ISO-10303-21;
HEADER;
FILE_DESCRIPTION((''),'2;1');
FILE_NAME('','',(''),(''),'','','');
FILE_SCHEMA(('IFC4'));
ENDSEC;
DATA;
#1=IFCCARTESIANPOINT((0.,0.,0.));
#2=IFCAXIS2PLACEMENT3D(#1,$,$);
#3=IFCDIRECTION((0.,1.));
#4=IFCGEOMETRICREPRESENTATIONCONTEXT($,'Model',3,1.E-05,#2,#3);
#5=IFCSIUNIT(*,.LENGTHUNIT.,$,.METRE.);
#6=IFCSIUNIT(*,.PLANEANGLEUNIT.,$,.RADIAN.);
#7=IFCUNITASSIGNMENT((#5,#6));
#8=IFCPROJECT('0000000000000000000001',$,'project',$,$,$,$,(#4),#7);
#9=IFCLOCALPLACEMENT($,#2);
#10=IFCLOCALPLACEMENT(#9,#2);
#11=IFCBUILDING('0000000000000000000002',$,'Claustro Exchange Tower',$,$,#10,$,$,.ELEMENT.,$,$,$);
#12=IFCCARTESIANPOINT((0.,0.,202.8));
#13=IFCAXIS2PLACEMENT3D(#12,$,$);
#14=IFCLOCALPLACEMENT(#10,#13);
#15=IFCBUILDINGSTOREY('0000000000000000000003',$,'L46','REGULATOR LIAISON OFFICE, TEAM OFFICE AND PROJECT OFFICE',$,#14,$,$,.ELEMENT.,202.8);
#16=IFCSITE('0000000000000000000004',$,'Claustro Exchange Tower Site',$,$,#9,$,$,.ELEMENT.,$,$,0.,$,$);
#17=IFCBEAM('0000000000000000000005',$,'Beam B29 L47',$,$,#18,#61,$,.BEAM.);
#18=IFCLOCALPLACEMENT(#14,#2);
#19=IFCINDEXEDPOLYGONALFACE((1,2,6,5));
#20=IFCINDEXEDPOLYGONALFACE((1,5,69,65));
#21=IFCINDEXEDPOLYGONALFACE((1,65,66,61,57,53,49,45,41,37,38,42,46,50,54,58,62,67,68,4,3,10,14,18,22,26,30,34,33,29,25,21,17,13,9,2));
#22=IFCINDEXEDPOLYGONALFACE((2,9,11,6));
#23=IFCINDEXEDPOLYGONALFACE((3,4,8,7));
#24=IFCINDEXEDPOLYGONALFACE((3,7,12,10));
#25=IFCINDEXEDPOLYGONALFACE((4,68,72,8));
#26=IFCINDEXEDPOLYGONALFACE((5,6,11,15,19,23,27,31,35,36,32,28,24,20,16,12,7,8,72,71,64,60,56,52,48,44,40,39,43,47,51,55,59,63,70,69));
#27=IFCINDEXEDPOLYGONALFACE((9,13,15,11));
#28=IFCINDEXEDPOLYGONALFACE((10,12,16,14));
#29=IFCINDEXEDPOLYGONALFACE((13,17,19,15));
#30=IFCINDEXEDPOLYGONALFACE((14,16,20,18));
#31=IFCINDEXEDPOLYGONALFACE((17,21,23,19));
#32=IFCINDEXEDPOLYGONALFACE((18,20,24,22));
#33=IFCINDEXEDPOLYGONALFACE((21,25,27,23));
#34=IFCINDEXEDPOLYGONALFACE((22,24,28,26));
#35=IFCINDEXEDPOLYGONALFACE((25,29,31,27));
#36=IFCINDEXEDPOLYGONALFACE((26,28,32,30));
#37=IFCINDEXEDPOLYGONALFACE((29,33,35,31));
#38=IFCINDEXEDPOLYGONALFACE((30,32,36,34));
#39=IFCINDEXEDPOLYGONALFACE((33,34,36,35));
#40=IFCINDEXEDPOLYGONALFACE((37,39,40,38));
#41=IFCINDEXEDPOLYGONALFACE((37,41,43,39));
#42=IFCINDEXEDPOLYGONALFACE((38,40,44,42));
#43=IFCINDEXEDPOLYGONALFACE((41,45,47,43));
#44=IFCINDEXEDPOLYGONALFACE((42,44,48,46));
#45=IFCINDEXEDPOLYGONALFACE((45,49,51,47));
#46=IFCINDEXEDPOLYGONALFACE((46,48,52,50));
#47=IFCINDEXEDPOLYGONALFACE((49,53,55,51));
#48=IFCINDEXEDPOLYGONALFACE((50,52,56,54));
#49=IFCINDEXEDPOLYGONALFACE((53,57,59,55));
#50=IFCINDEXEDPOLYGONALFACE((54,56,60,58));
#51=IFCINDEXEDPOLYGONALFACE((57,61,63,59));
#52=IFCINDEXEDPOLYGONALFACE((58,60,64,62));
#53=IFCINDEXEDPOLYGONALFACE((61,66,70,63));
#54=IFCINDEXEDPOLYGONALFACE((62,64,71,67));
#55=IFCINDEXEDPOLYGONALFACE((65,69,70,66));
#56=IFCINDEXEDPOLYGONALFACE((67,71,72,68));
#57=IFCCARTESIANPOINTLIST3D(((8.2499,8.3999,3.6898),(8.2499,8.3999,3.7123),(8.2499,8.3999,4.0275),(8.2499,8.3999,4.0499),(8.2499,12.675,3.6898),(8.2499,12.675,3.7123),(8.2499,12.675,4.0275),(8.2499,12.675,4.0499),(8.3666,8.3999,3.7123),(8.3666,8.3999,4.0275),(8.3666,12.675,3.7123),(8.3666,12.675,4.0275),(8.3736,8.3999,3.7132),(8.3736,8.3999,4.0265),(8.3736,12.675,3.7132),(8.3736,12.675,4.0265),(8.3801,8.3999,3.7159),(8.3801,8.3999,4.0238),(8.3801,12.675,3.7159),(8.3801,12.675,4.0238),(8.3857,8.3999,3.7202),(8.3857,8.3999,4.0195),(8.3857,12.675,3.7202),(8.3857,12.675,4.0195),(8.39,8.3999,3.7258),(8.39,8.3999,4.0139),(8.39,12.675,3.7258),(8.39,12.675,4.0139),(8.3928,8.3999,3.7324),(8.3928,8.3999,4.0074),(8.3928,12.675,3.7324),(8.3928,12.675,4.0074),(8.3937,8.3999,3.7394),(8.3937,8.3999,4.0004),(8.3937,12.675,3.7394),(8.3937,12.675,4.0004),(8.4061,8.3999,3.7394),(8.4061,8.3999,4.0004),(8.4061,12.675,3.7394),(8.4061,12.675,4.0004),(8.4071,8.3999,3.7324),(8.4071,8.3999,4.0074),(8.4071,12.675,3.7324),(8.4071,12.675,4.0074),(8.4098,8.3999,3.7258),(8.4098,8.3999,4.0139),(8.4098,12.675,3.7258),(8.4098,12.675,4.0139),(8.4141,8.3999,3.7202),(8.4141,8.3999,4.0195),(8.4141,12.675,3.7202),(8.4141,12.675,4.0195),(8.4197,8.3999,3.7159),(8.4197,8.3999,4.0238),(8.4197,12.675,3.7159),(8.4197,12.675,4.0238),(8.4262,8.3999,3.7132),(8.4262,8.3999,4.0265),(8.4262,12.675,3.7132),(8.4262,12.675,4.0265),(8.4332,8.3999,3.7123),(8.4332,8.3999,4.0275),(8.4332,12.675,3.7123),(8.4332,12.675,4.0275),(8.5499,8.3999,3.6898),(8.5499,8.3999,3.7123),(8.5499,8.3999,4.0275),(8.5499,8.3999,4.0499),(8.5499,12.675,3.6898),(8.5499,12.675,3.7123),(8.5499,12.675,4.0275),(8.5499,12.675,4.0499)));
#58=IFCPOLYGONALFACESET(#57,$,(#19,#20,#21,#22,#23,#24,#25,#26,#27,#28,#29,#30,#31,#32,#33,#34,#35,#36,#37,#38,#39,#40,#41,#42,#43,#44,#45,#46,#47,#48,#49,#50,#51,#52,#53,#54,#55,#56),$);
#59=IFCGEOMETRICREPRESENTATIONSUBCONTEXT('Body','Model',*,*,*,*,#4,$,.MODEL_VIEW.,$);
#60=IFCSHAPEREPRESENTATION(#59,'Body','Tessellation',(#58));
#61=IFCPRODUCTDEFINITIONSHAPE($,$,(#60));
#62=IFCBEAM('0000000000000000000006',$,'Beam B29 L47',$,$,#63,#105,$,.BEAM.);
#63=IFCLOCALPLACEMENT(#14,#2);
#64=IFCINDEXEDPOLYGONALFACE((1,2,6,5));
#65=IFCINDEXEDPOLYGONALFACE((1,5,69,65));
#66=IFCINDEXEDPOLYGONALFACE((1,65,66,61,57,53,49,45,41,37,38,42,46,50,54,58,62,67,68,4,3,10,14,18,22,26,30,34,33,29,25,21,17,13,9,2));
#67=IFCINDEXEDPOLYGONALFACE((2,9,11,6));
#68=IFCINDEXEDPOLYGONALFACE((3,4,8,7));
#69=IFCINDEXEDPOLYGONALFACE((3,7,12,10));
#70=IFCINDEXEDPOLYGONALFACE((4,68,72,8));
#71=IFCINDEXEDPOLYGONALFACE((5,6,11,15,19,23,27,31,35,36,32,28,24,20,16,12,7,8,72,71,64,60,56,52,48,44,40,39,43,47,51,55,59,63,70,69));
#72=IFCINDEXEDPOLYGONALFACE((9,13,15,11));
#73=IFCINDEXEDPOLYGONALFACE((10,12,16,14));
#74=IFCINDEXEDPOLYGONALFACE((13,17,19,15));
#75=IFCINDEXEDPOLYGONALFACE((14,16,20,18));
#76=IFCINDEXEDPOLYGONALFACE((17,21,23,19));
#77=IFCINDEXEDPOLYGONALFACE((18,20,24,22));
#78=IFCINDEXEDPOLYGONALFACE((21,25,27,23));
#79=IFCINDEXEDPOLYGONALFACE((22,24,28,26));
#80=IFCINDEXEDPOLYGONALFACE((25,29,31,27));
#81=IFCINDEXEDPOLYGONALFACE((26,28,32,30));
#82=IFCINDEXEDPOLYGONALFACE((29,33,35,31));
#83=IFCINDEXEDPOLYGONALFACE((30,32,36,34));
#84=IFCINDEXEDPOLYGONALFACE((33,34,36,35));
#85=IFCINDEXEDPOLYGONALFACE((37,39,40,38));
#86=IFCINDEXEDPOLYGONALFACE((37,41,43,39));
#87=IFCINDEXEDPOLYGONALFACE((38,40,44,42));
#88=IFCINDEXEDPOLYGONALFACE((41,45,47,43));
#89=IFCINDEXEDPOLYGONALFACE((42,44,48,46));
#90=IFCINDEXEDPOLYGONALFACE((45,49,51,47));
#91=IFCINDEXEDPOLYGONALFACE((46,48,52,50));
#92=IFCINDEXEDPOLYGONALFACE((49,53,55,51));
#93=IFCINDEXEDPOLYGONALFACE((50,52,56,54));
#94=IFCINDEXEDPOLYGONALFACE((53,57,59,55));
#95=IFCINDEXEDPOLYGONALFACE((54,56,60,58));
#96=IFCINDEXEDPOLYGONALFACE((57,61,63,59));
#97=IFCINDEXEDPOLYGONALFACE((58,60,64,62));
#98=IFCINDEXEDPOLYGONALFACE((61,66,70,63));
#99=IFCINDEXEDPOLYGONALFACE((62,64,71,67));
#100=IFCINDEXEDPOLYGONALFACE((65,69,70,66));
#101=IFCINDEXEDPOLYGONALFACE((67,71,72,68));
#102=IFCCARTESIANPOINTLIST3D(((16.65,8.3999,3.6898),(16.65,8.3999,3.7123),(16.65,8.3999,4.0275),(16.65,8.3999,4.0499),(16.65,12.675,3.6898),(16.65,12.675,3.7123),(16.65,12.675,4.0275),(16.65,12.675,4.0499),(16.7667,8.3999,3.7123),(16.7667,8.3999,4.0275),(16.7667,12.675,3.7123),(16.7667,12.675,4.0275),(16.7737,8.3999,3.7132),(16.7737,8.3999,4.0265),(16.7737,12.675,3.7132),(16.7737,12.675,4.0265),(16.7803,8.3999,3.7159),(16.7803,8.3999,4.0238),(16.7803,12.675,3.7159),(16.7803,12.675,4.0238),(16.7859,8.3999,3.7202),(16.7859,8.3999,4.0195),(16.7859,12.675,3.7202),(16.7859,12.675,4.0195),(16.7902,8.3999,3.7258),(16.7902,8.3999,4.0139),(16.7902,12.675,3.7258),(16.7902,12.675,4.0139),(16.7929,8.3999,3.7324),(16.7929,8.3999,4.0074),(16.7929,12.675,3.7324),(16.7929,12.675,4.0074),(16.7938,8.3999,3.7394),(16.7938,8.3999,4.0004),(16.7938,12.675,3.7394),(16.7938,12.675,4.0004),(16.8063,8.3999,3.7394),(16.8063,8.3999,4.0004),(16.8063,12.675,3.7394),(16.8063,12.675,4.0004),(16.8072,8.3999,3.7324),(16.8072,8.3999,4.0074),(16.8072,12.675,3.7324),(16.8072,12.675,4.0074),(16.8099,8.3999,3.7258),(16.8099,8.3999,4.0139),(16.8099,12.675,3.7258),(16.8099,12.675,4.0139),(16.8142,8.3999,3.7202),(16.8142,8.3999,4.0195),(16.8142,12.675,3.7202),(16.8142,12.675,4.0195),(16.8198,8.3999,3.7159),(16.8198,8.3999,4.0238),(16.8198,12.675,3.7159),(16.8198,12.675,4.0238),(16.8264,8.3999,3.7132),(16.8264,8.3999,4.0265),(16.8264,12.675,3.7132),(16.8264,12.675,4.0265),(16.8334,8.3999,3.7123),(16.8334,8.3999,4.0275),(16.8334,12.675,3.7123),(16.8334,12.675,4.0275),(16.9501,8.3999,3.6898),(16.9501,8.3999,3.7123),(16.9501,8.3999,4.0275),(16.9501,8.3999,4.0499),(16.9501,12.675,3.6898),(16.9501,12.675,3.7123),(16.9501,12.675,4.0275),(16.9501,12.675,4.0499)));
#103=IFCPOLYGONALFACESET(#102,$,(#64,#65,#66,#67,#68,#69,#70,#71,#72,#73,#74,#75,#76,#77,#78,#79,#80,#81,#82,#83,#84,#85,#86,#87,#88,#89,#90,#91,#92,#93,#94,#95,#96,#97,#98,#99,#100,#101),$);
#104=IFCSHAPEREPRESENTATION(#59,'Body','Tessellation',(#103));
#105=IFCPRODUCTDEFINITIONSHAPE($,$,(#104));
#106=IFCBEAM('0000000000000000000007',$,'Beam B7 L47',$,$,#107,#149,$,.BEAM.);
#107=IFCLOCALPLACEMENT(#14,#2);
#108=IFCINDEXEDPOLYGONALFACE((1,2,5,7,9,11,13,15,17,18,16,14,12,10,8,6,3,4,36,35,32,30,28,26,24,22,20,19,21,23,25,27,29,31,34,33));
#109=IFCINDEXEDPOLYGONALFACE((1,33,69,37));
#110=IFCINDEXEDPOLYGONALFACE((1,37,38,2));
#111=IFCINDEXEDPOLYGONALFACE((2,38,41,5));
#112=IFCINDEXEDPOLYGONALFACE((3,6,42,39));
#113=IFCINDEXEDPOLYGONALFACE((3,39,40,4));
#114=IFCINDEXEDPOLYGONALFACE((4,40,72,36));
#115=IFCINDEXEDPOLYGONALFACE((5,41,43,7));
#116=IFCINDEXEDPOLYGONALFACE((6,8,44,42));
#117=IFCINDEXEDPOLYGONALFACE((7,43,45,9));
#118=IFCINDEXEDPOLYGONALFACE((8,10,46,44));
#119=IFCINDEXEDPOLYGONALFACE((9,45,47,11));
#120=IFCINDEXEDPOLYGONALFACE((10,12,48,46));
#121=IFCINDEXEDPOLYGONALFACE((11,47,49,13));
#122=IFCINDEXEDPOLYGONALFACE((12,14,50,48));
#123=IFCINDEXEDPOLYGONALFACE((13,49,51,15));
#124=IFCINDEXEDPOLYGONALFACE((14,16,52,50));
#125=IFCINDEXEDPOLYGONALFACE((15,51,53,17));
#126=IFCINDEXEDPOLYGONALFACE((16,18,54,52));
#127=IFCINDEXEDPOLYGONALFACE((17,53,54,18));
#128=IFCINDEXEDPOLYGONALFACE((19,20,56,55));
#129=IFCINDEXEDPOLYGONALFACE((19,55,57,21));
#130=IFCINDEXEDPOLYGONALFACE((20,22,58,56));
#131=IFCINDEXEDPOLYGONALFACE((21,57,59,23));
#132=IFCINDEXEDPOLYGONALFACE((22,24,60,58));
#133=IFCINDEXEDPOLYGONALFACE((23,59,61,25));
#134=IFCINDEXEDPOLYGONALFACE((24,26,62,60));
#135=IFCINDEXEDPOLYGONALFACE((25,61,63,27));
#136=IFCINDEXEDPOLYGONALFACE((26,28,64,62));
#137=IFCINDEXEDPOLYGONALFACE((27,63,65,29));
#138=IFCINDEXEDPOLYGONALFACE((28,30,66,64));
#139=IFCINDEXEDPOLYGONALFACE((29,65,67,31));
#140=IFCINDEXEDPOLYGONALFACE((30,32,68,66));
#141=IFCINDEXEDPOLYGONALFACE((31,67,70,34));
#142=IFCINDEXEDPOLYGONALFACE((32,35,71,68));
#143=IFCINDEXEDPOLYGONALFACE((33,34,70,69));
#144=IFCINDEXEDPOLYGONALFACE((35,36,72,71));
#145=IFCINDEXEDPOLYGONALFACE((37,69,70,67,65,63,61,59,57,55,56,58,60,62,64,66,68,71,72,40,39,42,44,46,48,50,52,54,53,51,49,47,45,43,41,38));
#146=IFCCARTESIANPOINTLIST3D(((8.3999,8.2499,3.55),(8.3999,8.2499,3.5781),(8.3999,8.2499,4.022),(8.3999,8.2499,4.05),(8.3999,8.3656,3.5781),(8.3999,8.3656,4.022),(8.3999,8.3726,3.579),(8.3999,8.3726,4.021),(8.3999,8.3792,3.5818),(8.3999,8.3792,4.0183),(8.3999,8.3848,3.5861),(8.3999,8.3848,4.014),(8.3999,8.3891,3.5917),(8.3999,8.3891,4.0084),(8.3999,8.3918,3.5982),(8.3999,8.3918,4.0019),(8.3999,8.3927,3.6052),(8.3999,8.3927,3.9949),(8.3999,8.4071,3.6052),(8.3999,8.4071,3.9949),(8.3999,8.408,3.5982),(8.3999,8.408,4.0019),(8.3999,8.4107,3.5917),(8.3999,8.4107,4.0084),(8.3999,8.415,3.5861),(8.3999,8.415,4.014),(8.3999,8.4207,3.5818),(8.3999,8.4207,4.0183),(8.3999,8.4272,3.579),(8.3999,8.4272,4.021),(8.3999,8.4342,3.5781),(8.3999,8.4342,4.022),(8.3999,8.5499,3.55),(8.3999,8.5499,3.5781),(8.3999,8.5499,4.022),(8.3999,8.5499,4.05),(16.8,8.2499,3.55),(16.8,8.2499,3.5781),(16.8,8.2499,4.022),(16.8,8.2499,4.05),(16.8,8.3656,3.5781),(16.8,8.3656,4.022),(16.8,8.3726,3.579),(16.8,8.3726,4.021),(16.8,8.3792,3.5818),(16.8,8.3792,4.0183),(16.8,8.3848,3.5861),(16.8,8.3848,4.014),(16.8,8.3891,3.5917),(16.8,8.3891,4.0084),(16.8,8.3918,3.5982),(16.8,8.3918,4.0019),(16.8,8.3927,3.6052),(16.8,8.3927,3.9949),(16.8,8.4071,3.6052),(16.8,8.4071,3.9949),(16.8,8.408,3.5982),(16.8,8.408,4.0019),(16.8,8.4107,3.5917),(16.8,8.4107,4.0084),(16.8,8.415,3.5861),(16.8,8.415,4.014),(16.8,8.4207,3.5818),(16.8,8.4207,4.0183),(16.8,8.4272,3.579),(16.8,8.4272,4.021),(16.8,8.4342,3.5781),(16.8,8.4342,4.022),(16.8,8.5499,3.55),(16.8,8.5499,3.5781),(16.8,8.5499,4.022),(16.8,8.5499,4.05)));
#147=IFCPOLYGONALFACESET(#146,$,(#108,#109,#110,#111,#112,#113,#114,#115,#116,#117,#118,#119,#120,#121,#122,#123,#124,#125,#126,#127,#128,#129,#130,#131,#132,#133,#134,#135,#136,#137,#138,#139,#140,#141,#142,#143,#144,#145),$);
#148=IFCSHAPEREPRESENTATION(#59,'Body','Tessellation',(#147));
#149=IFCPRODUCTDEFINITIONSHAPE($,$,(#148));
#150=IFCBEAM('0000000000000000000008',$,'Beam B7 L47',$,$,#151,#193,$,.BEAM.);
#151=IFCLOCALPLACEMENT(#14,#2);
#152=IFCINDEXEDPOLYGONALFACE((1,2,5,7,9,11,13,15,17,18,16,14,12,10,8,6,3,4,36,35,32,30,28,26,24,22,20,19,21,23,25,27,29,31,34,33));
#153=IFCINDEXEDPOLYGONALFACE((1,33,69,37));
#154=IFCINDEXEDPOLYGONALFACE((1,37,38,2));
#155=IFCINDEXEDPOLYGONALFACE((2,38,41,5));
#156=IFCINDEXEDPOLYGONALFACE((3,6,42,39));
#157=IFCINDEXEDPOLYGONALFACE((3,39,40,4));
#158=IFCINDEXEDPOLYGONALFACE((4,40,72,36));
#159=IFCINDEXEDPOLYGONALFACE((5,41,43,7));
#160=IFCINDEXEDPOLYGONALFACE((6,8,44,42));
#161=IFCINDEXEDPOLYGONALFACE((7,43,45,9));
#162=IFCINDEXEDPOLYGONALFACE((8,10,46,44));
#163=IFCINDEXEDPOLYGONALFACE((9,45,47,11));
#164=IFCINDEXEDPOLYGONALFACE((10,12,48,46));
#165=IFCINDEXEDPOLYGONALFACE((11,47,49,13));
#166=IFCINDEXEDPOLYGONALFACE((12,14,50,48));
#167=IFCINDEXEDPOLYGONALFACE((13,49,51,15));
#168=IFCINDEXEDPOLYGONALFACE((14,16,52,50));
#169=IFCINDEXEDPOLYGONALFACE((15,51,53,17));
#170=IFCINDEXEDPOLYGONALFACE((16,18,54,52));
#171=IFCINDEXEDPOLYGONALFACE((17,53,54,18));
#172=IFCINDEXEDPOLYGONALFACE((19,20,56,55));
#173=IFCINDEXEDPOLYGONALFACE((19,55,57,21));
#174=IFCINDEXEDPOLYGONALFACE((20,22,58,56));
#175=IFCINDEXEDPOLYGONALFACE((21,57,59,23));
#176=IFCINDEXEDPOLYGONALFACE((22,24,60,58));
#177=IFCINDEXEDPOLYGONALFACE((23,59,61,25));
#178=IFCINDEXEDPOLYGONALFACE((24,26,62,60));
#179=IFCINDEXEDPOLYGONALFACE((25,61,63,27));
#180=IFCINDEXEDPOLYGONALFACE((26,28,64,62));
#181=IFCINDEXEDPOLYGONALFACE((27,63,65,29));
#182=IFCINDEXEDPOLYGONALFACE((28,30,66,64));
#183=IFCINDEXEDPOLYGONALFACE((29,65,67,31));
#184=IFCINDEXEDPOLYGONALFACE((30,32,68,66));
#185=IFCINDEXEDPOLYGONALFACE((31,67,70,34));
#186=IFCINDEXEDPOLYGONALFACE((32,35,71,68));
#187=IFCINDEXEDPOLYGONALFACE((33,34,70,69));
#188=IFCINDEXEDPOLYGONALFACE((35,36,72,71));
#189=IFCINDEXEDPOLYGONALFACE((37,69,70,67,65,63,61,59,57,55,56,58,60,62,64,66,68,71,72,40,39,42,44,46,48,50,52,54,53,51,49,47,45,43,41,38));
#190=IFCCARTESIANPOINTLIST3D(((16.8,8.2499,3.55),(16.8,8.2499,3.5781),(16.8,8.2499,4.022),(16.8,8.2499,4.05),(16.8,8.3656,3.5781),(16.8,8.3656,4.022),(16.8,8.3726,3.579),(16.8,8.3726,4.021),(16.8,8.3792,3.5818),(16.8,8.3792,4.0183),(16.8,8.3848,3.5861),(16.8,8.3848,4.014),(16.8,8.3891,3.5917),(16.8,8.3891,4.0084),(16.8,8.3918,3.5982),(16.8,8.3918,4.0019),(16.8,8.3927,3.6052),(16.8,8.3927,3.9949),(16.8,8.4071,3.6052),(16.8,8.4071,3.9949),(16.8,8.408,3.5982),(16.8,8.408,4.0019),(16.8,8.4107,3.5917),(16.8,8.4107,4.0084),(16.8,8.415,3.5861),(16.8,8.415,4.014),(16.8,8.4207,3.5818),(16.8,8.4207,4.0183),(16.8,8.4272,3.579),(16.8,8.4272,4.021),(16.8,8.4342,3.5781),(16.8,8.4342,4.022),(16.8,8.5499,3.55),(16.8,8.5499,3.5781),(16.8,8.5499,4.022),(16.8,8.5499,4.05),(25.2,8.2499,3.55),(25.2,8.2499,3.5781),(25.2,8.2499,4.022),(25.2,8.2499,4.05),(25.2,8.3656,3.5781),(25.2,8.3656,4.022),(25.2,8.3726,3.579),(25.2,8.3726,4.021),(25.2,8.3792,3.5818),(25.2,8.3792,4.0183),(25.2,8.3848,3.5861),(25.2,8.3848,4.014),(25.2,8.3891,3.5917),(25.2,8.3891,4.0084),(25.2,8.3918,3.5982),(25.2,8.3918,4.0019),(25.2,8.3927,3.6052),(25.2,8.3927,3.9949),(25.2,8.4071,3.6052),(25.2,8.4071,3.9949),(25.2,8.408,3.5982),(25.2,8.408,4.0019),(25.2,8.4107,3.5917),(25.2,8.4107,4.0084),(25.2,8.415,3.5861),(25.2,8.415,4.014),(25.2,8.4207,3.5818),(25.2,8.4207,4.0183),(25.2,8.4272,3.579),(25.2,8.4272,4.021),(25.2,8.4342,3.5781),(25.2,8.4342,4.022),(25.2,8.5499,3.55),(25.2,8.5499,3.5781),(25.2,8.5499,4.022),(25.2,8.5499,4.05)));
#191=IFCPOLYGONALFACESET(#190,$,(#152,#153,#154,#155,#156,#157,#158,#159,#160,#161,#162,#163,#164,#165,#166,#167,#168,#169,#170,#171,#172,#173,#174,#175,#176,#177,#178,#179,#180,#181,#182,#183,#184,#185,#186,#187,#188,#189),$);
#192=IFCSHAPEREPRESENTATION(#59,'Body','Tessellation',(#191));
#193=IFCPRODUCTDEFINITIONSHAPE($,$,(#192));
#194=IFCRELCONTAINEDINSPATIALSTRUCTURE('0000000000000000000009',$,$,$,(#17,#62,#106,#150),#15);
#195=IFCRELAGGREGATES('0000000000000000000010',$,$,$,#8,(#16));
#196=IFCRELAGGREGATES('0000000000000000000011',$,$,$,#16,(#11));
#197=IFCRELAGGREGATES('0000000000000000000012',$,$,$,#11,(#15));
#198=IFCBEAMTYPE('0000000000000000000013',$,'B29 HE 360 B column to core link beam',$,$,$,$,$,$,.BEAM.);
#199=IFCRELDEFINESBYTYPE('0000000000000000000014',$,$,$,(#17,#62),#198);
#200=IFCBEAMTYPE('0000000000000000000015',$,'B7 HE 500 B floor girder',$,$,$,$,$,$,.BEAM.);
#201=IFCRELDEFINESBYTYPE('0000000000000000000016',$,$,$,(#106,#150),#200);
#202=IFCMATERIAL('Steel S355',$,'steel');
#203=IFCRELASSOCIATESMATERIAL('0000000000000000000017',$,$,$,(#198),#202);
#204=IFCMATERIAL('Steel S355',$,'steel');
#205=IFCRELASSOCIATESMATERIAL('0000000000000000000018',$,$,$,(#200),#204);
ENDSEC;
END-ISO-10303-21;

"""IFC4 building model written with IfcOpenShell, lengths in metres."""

from ifc_helpers import new_model, si_unit, direction, frame, origin, origin_2d, place, context, subcontext, project, spatial, i_section, extrude, material, material_profile, profile_set, type_object, element, save


model = new_model("IFC4")

# Units and contexts
model_context = context("Model", 3, precision=1e-05, world=origin(), true_north=direction((0.0, 1.0)))
body_context = subcontext(model_context, "Body", "Model", "MODEL_VIEW")
ifc_project = project(units=[si_unit("LENGTHUNIT", "METRE"), si_unit("PLANEANGLEUNIT", "RADIAN")], contexts=[model_context])

# Site, building, storey
site_placement = place(None, origin())
site = spatial("IfcSite", under=ifc_project, at=site_placement, Name="Claustro Exchange Tower Site", CompositionType="ELEMENT", RefElevation=0.0)
building_placement = place(site_placement, origin())
building = spatial("IfcBuilding", under=site, at=building_placement, Name="Claustro Exchange Tower", CompositionType="ELEMENT")
storey_placement = place(building_placement, frame((0.0, 0.0, 202.8)))
storey = spatial("IfcBuildingStorey", under=building, at=storey_placement, Name="L46", Description="REGULATOR LIAISON OFFICE, TEAM OFFICE AND PROJECT OFFICE", CompositionType="ELEMENT", Elevation=202.8)

# Beams
ifc_material_1 = material(Name="Steel S355", Category="steel")
ifc_material_profile_1 = material_profile(ifc_material_1, i_section(OverallWidth=0.3, OverallDepth=0.3601, WebThickness=0.0125, FlangeThickness=0.0225, FilletRadius=0.0271, at=origin_2d()), Name="HE 360 B")
ifc_profile_set_1 = profile_set([ifc_material_profile_1], Name="Steel S355")
beam_type_1 = type_object("IfcBeamType", Name="B29 HE 360 B column to core link beam", PredefinedType="BEAM", material=ifc_profile_set_1)
for number, where, z_axis, x_axis, name in (
    (1, (8.3999, 8.3999, 3.8699), (0.0, 1.0, 0.0), (-1.0, 0.0, 0.0), "Beam B29 L47"),
    (2, (16.8, 8.3999, 3.8699), (0.0, 1.0, 0.0), (-1.0, 0.0, 0.0), "Beam B29 L47"),
):
    element("IfcBeam", number, at=place(storey_placement, frame(where, z_axis=z_axis, x_axis=x_axis)), inside=storey, type_object=beam_type_1, Name=name, PredefinedType="BEAM", context=body_context, shape_type="SweptSolid", body=[
        extrude(i_section(OverallWidth=0.3, OverallDepth=0.3601, WebThickness=0.0125, FlangeThickness=0.0225, FilletRadius=0.0271, at=origin_2d()), origin(), (0.0, 0.0, 1.0), 4.2751),
    ])
ifc_material_2 = material(Name="Steel S355", Category="steel")
ifc_material_profile_2 = material_profile(ifc_material_2, i_section(OverallWidth=0.3, OverallDepth=0.5, WebThickness=0.0144, FlangeThickness=0.0281, FilletRadius=0.0271, at=origin_2d()), Name="HE 500 B")
ifc_profile_set_2 = profile_set([ifc_material_profile_2], Name="Steel S355")
beam_type_2 = type_object("IfcBeamType", Name="B7 HE 500 B floor girder", PredefinedType="BEAM", material=ifc_profile_set_2)
beam_1_placement = place(storey_placement, frame((8.3999, 8.3999, 3.8), z_axis=(1.0, 0.0, 0.0), x_axis=(0.0, 1.0, 0.0)))
element("IfcBeam", 3, at=beam_1_placement, inside=storey, type_object=beam_type_2, Name="Beam B7 L47", PredefinedType="BEAM", context=body_context, shape_type="SweptSolid", body=[
    extrude(i_section(OverallWidth=0.3, OverallDepth=0.5, WebThickness=0.0144, FlangeThickness=0.0281, FilletRadius=0.0271, at=origin_2d()), origin(), (0.0, 0.0, 1.0), 8.4001),
])
beam_2_placement = place(storey_placement, frame((16.8, 8.3999, 3.8), z_axis=(1.0, 0.0, 0.0), x_axis=(0.0, 1.0, 0.0)))
element("IfcBeam", 4, at=beam_2_placement, inside=storey, type_object=beam_type_2, Name="Beam B7 L47", PredefinedType="BEAM", context=body_context, shape_type="SweptSolid", body=[
    extrude(i_section(OverallWidth=0.3, OverallDepth=0.5, WebThickness=0.0144, FlangeThickness=0.0281, FilletRadius=0.0271, at=origin_2d()), origin(), (0.0, 0.0, 1.0), 8.3999),
])

save(model, "model.ifc")
